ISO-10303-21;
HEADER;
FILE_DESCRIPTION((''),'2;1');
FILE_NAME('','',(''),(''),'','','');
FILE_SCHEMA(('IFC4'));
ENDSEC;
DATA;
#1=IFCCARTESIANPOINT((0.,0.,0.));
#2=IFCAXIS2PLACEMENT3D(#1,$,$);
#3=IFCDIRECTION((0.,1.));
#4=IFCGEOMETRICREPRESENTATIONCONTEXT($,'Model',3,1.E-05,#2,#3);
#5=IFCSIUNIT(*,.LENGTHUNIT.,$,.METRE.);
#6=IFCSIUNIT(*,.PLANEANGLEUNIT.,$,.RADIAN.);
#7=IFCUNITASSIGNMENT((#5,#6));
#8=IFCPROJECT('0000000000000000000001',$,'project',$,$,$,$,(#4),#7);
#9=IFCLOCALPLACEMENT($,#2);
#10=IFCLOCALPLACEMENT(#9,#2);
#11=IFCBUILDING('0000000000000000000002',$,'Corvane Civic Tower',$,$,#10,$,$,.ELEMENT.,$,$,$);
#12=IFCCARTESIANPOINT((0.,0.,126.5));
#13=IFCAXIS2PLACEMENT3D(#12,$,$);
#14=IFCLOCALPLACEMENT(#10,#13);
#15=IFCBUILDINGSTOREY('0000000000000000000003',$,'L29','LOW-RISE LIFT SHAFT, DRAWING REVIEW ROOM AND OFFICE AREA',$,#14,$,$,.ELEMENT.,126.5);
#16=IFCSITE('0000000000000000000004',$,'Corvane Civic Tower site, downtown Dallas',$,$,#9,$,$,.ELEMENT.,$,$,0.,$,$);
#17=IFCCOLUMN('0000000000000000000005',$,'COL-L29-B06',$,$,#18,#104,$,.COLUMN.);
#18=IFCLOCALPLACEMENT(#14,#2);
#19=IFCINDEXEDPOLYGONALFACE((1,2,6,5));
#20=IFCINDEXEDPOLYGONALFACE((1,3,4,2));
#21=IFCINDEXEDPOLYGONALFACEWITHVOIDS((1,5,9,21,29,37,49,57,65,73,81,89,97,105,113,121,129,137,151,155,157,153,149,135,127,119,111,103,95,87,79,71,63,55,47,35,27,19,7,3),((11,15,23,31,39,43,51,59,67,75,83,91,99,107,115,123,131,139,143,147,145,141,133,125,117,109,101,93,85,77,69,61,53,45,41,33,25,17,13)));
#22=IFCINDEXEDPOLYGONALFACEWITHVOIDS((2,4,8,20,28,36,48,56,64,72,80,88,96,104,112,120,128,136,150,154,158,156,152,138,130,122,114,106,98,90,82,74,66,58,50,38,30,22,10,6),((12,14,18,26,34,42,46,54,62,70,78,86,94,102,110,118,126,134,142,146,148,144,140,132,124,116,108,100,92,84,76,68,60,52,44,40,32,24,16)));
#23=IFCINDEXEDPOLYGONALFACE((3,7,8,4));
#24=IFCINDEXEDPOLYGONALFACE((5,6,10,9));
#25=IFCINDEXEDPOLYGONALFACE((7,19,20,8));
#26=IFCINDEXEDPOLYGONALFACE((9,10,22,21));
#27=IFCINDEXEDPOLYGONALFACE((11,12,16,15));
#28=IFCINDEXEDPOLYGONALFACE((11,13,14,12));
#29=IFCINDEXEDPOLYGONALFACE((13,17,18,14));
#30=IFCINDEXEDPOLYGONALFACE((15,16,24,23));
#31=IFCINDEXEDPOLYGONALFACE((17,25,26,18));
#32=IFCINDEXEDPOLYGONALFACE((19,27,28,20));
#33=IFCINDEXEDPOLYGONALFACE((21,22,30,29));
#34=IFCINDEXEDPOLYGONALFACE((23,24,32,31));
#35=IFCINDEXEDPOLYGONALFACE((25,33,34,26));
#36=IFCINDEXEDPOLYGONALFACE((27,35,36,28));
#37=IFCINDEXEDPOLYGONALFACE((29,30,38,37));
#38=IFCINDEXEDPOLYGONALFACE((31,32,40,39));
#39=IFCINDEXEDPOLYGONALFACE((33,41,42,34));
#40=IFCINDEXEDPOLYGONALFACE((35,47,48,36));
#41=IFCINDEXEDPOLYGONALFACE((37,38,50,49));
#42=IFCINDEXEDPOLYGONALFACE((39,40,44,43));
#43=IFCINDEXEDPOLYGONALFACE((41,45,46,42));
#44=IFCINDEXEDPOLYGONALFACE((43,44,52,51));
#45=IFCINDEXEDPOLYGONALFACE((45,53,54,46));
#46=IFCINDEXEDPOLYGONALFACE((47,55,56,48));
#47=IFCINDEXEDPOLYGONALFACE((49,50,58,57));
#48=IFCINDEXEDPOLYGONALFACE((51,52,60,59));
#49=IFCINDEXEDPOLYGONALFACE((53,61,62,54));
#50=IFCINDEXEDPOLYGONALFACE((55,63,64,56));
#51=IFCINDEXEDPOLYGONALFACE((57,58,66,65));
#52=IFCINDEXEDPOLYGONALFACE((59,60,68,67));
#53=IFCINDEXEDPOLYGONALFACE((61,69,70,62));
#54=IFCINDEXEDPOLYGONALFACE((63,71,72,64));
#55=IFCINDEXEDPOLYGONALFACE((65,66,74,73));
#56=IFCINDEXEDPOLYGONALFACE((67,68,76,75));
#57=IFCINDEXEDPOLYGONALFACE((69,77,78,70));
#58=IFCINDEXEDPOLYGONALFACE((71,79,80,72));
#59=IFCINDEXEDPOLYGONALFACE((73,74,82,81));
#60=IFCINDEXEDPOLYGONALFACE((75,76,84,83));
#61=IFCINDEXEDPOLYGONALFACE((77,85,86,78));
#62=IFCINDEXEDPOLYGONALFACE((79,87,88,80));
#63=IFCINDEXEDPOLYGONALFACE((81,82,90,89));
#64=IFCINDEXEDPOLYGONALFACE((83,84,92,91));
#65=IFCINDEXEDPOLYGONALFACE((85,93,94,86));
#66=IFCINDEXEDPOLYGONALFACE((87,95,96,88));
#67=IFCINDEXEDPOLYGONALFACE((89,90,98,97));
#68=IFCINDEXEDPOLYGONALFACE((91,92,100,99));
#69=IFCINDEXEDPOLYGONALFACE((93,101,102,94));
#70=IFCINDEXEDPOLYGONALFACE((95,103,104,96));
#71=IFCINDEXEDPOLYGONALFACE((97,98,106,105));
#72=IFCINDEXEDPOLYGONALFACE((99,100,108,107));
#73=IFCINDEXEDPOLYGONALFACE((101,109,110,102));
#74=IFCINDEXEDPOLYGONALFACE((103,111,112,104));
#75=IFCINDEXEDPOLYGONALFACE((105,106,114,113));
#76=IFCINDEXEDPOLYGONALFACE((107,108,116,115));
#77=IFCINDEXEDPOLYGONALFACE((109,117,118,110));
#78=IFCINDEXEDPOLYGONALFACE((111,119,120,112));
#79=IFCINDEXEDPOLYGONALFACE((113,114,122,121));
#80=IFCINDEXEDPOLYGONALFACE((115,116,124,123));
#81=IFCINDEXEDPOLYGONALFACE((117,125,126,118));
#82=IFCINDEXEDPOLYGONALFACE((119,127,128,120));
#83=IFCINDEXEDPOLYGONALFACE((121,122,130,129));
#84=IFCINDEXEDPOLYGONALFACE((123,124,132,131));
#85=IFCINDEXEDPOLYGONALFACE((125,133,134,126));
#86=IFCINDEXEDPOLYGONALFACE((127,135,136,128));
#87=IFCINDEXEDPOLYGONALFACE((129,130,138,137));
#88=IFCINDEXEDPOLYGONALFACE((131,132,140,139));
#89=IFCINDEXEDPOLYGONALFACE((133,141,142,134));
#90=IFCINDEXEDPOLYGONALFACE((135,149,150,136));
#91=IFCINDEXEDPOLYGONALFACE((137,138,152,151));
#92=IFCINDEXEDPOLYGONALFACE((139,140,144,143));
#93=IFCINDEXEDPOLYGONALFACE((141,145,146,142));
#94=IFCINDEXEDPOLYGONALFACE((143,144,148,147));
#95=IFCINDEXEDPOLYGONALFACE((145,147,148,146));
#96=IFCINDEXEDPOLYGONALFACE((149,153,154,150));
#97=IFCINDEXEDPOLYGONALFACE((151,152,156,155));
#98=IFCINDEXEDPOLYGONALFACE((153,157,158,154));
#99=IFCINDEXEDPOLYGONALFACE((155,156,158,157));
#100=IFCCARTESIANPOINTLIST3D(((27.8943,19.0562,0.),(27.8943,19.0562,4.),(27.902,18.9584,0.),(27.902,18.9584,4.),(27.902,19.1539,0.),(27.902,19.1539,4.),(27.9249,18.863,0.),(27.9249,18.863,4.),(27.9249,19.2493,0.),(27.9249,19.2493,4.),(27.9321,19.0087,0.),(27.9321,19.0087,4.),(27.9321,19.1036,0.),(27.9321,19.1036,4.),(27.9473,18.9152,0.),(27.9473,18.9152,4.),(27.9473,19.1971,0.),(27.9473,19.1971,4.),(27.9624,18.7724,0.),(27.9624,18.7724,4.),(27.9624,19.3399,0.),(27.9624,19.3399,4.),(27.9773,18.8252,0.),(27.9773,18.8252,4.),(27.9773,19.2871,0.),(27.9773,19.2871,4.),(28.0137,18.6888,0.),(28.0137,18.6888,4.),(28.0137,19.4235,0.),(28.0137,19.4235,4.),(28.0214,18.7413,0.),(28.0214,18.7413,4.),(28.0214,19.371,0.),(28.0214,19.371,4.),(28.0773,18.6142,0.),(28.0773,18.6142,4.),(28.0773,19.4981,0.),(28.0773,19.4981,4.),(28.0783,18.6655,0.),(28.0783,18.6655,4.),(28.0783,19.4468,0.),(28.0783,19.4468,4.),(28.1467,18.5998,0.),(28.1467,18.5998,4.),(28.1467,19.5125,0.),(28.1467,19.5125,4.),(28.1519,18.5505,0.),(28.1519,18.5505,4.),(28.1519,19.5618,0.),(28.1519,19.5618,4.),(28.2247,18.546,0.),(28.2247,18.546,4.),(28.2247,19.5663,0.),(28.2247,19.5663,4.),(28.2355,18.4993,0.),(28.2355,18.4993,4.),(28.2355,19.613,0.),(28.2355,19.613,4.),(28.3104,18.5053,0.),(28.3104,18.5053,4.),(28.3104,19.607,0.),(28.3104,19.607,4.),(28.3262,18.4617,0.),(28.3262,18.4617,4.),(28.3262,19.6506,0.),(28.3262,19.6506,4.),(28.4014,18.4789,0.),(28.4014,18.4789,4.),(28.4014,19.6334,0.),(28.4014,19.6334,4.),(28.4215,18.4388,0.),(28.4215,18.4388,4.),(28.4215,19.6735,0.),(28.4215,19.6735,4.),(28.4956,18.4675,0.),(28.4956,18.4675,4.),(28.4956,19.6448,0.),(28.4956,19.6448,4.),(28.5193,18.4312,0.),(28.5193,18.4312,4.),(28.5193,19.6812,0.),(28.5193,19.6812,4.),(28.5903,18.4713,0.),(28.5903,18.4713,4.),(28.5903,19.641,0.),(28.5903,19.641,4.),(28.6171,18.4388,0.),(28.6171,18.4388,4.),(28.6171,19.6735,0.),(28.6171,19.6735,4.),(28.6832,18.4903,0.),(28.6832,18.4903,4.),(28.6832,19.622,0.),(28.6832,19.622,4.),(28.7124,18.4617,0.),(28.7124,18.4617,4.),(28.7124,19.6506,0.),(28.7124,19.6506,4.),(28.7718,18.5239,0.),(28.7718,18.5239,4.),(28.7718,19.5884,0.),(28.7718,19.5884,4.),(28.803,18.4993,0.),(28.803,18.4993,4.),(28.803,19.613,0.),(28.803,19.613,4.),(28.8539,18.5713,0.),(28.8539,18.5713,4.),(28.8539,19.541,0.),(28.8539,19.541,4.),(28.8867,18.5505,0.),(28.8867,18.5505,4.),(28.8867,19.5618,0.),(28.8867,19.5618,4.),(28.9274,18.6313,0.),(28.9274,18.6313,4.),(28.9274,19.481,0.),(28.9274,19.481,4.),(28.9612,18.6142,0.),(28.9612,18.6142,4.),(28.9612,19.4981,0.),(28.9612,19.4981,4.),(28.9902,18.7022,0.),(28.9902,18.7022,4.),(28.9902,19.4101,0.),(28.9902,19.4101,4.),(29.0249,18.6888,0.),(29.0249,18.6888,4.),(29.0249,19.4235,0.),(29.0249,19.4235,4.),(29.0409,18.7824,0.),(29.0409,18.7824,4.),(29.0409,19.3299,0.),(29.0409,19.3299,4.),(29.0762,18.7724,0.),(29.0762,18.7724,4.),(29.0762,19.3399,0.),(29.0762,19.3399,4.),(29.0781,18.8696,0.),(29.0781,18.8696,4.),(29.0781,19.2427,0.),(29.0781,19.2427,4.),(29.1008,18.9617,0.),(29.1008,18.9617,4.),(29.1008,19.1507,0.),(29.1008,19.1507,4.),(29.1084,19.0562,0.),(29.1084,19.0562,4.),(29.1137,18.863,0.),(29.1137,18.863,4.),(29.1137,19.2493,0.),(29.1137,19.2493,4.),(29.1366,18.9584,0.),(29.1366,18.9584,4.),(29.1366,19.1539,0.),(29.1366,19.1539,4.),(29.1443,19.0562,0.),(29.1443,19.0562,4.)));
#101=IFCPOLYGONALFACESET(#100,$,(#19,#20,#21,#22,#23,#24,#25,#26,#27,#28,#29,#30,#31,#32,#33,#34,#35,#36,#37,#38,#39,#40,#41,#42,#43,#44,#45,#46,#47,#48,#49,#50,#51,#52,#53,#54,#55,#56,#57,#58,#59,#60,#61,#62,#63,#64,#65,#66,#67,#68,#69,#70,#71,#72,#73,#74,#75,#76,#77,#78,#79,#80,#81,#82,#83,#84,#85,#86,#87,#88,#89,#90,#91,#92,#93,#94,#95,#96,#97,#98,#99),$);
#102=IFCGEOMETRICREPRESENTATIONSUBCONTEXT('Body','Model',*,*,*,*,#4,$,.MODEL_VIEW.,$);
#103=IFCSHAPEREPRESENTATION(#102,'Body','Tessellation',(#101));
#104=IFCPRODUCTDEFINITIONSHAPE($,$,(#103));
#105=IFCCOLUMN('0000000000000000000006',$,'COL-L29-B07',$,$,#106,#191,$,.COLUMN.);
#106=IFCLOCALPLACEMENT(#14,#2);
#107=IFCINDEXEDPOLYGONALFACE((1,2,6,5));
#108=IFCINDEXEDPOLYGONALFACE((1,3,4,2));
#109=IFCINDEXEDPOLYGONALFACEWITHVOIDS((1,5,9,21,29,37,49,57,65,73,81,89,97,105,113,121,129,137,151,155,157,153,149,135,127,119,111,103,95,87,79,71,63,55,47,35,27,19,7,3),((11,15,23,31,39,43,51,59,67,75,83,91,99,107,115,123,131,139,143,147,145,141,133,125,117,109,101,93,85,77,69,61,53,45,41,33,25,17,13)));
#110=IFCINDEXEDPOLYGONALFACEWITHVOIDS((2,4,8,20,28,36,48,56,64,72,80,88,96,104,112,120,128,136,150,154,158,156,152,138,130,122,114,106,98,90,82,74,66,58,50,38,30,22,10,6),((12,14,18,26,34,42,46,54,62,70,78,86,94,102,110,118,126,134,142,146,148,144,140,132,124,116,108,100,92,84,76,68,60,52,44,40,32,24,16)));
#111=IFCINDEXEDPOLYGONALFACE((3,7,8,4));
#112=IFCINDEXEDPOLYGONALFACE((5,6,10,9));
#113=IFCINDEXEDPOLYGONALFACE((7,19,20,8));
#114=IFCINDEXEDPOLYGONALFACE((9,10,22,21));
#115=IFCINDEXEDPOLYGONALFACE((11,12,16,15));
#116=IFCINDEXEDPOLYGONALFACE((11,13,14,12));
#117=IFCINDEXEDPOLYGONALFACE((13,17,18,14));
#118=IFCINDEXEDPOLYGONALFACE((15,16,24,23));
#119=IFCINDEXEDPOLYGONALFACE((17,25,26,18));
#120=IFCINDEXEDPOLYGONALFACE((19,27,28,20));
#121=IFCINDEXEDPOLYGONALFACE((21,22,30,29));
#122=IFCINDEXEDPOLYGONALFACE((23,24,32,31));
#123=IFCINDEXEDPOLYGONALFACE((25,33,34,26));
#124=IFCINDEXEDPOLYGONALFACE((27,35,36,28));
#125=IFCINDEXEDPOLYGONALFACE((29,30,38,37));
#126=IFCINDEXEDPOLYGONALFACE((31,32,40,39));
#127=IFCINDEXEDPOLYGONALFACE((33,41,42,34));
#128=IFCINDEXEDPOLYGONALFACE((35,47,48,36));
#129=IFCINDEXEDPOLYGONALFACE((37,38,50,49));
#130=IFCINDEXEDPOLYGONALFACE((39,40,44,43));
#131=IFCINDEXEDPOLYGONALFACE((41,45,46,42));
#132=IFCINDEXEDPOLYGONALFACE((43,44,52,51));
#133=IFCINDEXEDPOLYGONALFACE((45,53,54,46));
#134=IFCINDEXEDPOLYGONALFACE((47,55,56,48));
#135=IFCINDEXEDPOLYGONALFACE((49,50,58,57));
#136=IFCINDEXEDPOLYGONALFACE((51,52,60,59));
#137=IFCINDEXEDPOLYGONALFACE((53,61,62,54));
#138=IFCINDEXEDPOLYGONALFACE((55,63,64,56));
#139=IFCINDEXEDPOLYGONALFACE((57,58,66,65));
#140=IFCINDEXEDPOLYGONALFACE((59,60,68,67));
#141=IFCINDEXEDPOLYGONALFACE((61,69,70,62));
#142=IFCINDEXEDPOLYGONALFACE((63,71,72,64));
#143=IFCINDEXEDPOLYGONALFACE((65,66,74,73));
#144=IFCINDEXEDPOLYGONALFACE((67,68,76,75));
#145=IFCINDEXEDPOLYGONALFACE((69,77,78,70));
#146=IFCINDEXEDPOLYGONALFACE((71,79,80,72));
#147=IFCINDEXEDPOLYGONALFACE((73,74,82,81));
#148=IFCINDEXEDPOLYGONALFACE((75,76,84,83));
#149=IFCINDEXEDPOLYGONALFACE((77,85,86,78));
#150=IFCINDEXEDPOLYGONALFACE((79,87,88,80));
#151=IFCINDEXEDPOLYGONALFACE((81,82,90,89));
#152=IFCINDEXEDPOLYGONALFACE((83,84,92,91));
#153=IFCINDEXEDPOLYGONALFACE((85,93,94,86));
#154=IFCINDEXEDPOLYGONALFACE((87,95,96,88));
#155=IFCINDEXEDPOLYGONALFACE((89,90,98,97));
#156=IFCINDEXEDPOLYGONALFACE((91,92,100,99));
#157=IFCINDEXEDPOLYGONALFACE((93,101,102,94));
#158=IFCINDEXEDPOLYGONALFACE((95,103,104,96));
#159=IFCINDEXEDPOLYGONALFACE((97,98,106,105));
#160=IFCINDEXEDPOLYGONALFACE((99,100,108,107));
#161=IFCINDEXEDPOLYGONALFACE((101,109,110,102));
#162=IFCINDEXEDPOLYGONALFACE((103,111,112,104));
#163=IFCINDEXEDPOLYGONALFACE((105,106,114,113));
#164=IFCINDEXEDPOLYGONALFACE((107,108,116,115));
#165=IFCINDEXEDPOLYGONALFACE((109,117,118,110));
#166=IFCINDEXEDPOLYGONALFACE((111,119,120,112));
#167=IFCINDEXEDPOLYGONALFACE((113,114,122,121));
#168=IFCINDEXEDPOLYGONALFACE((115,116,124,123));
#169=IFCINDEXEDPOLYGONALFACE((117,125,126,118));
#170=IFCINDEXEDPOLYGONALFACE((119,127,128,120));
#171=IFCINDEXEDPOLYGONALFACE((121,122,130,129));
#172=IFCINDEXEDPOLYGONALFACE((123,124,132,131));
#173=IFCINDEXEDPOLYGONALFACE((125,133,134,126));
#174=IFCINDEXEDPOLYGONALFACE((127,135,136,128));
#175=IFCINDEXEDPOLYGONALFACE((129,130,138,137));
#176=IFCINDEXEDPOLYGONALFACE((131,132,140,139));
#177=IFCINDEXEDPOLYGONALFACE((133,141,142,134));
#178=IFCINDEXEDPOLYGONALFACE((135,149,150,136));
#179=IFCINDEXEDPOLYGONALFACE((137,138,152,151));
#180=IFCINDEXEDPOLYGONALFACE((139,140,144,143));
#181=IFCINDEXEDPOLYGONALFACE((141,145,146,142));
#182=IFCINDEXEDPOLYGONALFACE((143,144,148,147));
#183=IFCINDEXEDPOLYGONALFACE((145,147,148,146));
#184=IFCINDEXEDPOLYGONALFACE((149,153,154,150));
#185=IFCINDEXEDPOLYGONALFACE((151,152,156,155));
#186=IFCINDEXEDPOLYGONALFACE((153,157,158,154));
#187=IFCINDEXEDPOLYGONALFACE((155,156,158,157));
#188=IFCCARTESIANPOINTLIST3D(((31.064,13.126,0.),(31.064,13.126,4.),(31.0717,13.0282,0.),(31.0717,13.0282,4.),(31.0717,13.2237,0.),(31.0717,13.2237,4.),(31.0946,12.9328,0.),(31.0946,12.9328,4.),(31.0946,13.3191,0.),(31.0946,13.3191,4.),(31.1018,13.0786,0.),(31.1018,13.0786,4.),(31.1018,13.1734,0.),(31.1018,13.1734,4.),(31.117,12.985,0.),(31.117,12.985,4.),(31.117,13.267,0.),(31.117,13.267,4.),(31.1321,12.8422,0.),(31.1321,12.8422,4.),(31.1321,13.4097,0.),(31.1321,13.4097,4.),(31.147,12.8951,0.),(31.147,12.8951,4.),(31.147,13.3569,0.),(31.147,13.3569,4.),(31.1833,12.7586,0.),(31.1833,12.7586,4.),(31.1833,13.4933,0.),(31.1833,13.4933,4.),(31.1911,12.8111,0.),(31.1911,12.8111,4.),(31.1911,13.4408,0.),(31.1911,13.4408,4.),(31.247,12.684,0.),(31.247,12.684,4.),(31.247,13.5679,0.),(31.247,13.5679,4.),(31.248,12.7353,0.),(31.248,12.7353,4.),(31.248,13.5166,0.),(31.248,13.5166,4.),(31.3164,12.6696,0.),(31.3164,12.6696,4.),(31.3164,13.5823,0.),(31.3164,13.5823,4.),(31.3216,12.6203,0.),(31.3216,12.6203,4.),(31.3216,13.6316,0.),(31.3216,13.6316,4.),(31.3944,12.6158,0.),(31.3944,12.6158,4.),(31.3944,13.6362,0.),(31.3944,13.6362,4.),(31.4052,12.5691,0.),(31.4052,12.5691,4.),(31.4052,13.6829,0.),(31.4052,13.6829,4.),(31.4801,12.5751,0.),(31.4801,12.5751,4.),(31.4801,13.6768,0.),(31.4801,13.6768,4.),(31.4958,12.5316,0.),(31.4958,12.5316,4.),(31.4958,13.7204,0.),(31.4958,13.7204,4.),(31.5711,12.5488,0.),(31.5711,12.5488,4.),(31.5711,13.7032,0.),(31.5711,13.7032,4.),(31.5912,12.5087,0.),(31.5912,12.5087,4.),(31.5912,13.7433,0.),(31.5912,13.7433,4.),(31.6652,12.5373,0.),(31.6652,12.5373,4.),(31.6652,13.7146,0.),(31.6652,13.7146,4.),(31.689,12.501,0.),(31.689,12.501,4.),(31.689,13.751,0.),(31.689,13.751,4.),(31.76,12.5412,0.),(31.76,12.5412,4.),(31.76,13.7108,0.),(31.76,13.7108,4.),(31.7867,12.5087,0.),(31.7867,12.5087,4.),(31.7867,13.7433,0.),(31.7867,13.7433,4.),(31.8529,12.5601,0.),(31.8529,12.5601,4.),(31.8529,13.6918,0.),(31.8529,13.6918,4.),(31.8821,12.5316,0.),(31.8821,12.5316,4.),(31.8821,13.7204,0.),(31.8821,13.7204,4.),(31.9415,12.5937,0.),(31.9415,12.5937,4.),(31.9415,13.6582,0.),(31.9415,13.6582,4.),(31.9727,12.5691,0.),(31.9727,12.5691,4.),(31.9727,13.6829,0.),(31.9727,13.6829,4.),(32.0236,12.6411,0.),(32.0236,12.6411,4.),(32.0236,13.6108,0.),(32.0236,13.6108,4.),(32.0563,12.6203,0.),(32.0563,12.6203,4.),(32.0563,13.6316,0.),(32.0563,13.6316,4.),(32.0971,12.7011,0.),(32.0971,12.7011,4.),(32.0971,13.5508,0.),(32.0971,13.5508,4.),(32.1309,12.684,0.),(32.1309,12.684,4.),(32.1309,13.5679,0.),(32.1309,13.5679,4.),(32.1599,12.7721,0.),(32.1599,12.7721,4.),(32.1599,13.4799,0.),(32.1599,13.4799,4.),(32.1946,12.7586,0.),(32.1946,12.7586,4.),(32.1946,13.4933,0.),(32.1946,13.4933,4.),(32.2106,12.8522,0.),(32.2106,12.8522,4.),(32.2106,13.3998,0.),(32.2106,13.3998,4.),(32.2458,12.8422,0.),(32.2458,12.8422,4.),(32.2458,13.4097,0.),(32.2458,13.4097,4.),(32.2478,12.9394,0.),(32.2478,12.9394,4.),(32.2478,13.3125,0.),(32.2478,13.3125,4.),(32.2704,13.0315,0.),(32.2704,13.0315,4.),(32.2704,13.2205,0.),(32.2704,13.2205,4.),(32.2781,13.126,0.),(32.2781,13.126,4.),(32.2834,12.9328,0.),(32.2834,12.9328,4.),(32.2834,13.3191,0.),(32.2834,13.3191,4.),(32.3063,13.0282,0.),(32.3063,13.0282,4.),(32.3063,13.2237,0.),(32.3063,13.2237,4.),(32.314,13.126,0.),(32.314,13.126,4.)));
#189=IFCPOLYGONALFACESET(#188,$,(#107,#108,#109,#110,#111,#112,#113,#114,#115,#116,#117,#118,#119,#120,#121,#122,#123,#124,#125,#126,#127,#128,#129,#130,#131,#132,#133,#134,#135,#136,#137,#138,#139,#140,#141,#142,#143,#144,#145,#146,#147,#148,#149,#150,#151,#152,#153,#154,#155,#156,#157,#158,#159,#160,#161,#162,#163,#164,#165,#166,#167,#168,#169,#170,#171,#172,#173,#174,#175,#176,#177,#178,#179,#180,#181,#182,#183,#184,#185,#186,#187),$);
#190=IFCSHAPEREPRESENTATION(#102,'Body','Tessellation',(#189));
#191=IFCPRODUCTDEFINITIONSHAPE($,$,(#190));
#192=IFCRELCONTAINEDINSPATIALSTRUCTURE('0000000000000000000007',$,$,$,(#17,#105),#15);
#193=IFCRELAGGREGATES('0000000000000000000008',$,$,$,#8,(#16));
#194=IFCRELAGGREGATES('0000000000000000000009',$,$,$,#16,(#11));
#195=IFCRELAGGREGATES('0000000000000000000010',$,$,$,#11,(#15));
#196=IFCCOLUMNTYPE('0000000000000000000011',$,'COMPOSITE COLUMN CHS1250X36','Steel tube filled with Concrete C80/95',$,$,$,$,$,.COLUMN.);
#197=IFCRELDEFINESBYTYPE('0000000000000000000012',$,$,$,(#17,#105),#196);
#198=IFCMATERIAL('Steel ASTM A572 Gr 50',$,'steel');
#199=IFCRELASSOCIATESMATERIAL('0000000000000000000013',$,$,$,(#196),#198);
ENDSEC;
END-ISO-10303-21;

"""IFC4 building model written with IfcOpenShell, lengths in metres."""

from ifc_helpers import new_model, si_unit, direction, frame, origin, origin_2d, place, context, subcontext, project, spatial, hollow_circle, extrude, material, material_profile, profile_set, type_object, element, save


model = new_model("IFC4")

# Units and contexts
model_context = context("Model", 3, precision=1e-05, world=origin(), true_north=direction((0.0, 1.0)))
body_context = subcontext(model_context, "Body", "Model", "MODEL_VIEW")
ifc_project = project(units=[si_unit("LENGTHUNIT", "METRE"), si_unit("PLANEANGLEUNIT", "RADIAN")], contexts=[model_context])

# Site, building, storey
site_placement = place(None, origin())
site = spatial("IfcSite", under=ifc_project, at=site_placement, Name="Corvane Civic Tower site, downtown Dallas", CompositionType="ELEMENT", RefElevation=0.0)
building_placement = place(site_placement, origin())
building = spatial("IfcBuilding", under=site, at=building_placement, Name="Corvane Civic Tower", CompositionType="ELEMENT")
storey_placement = place(building_placement, frame((0.0, 0.0, 126.5)))
storey = spatial("IfcBuildingStorey", under=building, at=storey_placement, Name="L29", Description="LOW-RISE LIFT SHAFT, DRAWING REVIEW ROOM AND OFFICE AREA", CompositionType="ELEMENT", Elevation=126.5)

# Columns
ifc_material_1 = material(Name="Steel ASTM A572 Gr 50", Category="steel")
ifc_material_profile_1 = material_profile(ifc_material_1, hollow_circle(Radius=0.625, WallThickness=0.0359, at=origin_2d()), Name="CHS1250X36")
ifc_profile_set_1 = profile_set([ifc_material_profile_1], Name="Steel ASTM A572 Gr 50")
column_type = type_object("IfcColumnType", Name="COMPOSITE COLUMN CHS1250X36", Description="Steel tube filled with Concrete C80/95", PredefinedType="COLUMN", material=ifc_profile_set_1)
for number, where, z_axis, x_axis, name in (
    (1, (28.5193, 19.0562, 0.0), (0.0, 0.0, 1.0), (1.0, 0.0, 0.0), "COL-L29-B06"),
    (2, (31.689, 13.126, 0.0), (0.0, 0.0, 1.0), (1.0, 0.0, 0.0), "COL-L29-B07"),
):
    element("IfcColumn", number, at=place(storey_placement, frame(where, z_axis=z_axis, x_axis=x_axis)), inside=storey, type_object=column_type, Name=name, PredefinedType="COLUMN", context=body_context, shape_type="SweptSolid", body=[
        extrude(hollow_circle(Radius=0.625, WallThickness=0.0359, at=origin_2d()), origin(), (0.0, 0.0, 1.0), 4.0),
    ])

save(model, "model.ifc")
